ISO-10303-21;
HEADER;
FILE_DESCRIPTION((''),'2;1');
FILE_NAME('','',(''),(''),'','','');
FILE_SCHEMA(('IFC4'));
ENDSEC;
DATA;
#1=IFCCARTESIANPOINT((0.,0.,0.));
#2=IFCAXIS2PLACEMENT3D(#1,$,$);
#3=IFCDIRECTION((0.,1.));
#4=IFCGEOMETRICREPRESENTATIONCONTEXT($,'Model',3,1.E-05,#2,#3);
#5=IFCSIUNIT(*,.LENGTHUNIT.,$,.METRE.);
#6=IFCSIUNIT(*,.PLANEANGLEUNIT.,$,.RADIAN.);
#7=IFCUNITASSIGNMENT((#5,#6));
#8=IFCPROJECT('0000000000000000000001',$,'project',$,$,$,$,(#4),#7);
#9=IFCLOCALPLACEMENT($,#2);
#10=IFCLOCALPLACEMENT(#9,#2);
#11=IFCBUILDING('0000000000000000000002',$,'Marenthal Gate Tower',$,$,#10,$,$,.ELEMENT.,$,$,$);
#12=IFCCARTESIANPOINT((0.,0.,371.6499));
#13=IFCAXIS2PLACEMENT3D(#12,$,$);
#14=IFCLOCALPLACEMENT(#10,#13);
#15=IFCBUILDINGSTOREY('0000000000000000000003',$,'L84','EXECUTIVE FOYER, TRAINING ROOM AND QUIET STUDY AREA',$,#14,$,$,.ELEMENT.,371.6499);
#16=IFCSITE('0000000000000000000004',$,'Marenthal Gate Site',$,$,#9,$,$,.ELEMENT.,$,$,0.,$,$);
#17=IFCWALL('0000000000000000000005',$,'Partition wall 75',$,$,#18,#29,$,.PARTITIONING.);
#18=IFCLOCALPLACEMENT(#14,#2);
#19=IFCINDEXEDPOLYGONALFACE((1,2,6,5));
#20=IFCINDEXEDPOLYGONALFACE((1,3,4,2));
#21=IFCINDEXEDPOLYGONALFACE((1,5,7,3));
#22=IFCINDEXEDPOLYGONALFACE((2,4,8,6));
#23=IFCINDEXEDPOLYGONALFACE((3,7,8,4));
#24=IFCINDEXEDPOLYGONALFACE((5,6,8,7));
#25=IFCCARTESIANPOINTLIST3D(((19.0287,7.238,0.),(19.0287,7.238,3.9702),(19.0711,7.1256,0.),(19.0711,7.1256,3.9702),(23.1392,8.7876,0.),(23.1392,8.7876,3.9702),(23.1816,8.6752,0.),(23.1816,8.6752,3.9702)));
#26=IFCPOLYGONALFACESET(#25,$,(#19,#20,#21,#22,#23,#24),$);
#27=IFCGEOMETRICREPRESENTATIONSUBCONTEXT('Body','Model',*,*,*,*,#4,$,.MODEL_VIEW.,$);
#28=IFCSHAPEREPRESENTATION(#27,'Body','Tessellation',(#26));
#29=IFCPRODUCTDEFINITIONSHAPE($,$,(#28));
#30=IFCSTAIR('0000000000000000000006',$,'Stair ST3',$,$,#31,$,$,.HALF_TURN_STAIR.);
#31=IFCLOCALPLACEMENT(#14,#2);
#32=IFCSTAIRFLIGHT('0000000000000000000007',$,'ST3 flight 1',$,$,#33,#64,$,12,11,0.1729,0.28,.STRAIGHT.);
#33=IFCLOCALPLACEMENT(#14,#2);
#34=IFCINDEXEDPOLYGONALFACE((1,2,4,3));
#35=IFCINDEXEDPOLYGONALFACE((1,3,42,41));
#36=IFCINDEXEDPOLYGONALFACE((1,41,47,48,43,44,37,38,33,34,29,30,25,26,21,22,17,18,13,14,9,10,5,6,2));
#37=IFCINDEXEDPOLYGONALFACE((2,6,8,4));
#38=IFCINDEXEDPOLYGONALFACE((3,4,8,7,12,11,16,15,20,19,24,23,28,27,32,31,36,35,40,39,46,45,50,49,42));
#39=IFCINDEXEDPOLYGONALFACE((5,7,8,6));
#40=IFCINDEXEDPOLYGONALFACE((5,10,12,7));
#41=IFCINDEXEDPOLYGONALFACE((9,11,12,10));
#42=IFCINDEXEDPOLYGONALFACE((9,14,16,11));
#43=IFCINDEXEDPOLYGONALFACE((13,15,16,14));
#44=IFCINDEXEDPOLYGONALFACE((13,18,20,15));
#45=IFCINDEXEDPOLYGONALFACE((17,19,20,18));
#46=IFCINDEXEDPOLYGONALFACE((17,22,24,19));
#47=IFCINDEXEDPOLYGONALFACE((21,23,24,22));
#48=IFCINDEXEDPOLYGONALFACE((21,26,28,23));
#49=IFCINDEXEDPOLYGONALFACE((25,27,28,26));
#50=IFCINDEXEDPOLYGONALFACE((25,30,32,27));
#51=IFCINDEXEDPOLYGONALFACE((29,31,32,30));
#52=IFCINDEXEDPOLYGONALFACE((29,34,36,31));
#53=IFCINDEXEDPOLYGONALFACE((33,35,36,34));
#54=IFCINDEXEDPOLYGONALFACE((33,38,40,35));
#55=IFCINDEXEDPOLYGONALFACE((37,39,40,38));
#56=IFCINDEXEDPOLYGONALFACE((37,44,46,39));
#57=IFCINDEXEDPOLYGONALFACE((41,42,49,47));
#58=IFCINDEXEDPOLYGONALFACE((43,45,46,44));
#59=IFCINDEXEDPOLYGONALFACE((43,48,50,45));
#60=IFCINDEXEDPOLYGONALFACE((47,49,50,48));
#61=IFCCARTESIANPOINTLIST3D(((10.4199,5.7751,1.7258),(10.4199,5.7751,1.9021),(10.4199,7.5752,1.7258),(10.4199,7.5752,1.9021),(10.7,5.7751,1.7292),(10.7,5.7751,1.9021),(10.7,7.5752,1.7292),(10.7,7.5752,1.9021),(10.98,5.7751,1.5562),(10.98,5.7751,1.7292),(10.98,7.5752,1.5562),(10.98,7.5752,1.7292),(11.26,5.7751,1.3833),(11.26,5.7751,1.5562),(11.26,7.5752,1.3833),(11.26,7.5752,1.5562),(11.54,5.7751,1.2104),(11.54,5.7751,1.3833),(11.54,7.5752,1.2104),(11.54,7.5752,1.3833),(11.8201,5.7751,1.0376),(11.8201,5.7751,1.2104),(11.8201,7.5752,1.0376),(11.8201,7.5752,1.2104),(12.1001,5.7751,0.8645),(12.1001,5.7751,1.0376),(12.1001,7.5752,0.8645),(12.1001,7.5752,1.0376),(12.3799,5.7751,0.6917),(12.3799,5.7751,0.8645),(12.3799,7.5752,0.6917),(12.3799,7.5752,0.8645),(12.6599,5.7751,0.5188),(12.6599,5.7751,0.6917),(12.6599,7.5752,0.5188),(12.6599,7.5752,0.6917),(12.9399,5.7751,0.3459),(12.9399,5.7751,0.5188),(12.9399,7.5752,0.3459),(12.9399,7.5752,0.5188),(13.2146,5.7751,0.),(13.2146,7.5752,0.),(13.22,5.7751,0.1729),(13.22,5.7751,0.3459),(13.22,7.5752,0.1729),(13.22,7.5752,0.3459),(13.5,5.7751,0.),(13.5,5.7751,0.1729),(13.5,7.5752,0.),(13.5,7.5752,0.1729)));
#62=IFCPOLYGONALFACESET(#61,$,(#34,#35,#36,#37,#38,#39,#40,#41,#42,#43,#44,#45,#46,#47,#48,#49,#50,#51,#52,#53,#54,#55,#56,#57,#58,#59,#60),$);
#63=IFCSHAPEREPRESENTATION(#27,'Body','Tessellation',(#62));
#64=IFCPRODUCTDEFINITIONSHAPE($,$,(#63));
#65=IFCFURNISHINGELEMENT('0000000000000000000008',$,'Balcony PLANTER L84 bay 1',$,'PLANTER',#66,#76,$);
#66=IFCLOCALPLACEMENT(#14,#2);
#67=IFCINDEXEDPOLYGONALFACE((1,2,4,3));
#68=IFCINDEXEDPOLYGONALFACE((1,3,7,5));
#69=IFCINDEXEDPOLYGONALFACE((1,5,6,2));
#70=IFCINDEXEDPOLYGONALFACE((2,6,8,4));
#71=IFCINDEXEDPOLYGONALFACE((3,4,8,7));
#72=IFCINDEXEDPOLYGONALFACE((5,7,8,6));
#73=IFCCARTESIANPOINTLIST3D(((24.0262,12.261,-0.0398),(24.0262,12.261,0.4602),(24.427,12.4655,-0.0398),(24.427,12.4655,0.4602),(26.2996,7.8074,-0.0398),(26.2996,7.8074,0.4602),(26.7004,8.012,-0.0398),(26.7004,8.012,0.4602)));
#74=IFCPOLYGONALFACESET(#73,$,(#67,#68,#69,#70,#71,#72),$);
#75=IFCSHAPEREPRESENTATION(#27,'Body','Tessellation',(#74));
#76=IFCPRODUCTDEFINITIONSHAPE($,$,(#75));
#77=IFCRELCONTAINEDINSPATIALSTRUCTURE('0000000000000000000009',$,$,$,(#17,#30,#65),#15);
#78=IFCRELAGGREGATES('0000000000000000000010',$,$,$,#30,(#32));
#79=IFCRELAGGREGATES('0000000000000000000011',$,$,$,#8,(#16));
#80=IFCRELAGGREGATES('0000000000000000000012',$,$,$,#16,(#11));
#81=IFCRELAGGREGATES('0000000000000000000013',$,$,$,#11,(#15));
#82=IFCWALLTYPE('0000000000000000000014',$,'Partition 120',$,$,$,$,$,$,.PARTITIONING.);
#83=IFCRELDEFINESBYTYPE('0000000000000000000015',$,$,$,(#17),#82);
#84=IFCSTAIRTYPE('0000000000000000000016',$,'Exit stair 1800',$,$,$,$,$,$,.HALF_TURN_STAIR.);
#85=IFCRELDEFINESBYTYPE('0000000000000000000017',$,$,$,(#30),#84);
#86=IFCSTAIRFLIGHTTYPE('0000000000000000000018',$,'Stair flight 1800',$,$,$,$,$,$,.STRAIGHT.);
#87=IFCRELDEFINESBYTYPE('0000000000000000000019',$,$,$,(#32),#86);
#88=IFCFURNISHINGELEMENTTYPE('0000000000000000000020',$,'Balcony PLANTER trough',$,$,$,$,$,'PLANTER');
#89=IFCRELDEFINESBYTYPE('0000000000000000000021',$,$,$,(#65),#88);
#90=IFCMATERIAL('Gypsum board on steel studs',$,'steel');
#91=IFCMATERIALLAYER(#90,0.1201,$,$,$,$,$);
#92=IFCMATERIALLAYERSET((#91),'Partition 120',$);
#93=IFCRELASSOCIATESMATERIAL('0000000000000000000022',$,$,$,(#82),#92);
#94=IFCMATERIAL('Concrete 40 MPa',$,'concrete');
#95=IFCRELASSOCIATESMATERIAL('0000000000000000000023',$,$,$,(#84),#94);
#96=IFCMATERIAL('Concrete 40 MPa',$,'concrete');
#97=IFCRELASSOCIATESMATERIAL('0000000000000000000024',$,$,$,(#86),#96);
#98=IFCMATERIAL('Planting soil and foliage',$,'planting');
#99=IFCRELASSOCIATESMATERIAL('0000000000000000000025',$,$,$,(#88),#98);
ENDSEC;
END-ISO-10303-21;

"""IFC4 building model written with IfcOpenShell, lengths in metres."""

from ifc_helpers import new_model, si_unit, direction, frame, frame_2d, origin, origin_2d, place, context, subcontext, project, spatial, polyline, rectangle, outline, extrude, material, layer, layer_set, type_object, element, aggregate, save


model = new_model("IFC4")

# Units and contexts
model_context = context("Model", 3, precision=1e-05, world=origin(), true_north=direction((0.0, 1.0)))
body_context = subcontext(model_context, "Body", "Model", "MODEL_VIEW")
ifc_project = project(units=[si_unit("LENGTHUNIT", "METRE"), si_unit("PLANEANGLEUNIT", "RADIAN")], contexts=[model_context])

# Site, building, storey
site_placement = place(None, origin())
site = spatial("IfcSite", under=ifc_project, at=site_placement, Name="Marenthal Gate Site", CompositionType="ELEMENT", RefElevation=0.0)
building_placement = place(site_placement, origin())
building = spatial("IfcBuilding", under=site, at=building_placement, Name="Marenthal Gate Tower", CompositionType="ELEMENT")
storey_placement = place(building_placement, frame((0.0, 0.0, 371.6499)))
storey = spatial("IfcBuildingStorey", under=building, at=storey_placement, Name="L84", Description="EXECUTIVE FOYER, TRAINING ROOM AND QUIET STUDY AREA", CompositionType="ELEMENT", Elevation=371.6499)

# Wall
ifc_material_1 = material(Name="Gypsum board on steel studs", Category="steel")
ifc_layer_1 = layer(ifc_material_1, 0.1201)
ifc_layer_set_1 = layer_set([ifc_layer_1], Name="Partition 120")
wall_type_1 = type_object("IfcWallType", Name="Partition 120", PredefinedType="PARTITIONING", material=ifc_layer_set_1)
wall_1_placement = place(storey_placement, frame((19.05, 7.1819, 0.0), z_axis=(0.0, 0.0, 1.0), x_axis=(0.935716, 0.352755, 0.0)))
element("IfcWall", 1, at=wall_1_placement, inside=storey, type_object=wall_type_1, Name="Partition wall 75", PredefinedType="PARTITIONING", context=body_context, shape_type="SweptSolid", body=[
    extrude(rectangle(XDim=4.3928, YDim=0.1201, at=frame_2d((2.1963, 0.0))), origin(), (0.0, 0.0, 1.0), 3.9702),
])

# Stair, stair flight
ifc_material_2 = material(Name="Concrete 40 MPa", Category="concrete")
stair_type = type_object("IfcStairType", Name="Exit stair 1800", PredefinedType="HALF_TURN_STAIR", material=ifc_material_2)
stair_placement = place(storey_placement, origin())
stair = element("IfcStair", 2, at=stair_placement, inside=storey, type_object=stair_type, Name="Stair ST3", PredefinedType="HALF_TURN_STAIR")
ifc_material_3 = material(Name="Concrete 40 MPa", Category="concrete")
stair_flight_type = type_object("IfcStairFlightType", Name="Stair flight 1800", PredefinedType="STRAIGHT", material=ifc_material_3)
stair_flight_placement = place(storey_placement, frame((13.5, 6.675, 0.0), z_axis=(0.0, 0.0, 1.0), x_axis=(-1.0, 0.0, 0.0)))
stair_flight = element("IfcStairFlight", 3, at=stair_flight_placement, type_object=stair_flight_type, Name="ST3 flight 1", NumberOfRisers=12, NumberOfTreads=11, PredefinedType="STRAIGHT", RiserHeight=0.1729, TreadLength=0.28, context=body_context, shape_type="SweptSolid", body=[
    extrude(outline(polyline([(0.0, 0.0), (0.0, 0.1729), (0.28, 0.1729), (0.28, 0.3459), (0.5601, 0.3459), (0.5601, 0.5188), (0.8401, 0.5188), (0.8401, 0.6917), (1.1201, 0.6917), (1.1201, 0.8645), (1.3999, 0.8645), (1.3999, 1.0376), (1.6799, 1.0376), (1.6799, 1.2104), (1.96, 1.2104), (1.96, 1.3833), (2.24, 1.3833), (2.24, 1.5562), (2.52, 1.5562), (2.52, 1.7292), (2.8, 1.7292), (2.8, 1.9021), (3.0801, 1.9021), (3.0801, 2.075), (3.0801, 1.7258), (0.2854, 0.0), (0.0, 0.0)])), frame((0.0, 0.8999, 0.0), z_axis=(0.0, -1.0, 0.0), x_axis=(1.0, 0.0, 0.0)), (0.0, 0.0, 1.0), 1.8),
])
aggregate(stair, [stair_flight])

# Furnishing element
ifc_material_4 = material(Name="Planting soil and foliage", Category="planting")
furnishing_element_type = type_object("IfcFurnishingElementType", Name="Balcony PLANTER trough", ElementType="PLANTER", material=ifc_material_4)
furnishing_placement = place(storey_placement, frame((25.3633, 10.1365, -0.0398), z_axis=(0.0, 0.0, 1.0), x_axis=(-0.454654, 0.890668, 0.0)))
element("IfcFurnishingElement", 4, at=furnishing_placement, inside=storey, type_object=furnishing_element_type, Name="Balcony PLANTER L84 bay 1", ObjectType="PLANTER", context=body_context, shape_type="SweptSolid", body=[
    extrude(rectangle(XDim=5.0002, YDim=0.45, at=origin_2d()), origin(), (0.0, 0.0, 1.0), 0.5),
])

save(model, "model.ifc")
